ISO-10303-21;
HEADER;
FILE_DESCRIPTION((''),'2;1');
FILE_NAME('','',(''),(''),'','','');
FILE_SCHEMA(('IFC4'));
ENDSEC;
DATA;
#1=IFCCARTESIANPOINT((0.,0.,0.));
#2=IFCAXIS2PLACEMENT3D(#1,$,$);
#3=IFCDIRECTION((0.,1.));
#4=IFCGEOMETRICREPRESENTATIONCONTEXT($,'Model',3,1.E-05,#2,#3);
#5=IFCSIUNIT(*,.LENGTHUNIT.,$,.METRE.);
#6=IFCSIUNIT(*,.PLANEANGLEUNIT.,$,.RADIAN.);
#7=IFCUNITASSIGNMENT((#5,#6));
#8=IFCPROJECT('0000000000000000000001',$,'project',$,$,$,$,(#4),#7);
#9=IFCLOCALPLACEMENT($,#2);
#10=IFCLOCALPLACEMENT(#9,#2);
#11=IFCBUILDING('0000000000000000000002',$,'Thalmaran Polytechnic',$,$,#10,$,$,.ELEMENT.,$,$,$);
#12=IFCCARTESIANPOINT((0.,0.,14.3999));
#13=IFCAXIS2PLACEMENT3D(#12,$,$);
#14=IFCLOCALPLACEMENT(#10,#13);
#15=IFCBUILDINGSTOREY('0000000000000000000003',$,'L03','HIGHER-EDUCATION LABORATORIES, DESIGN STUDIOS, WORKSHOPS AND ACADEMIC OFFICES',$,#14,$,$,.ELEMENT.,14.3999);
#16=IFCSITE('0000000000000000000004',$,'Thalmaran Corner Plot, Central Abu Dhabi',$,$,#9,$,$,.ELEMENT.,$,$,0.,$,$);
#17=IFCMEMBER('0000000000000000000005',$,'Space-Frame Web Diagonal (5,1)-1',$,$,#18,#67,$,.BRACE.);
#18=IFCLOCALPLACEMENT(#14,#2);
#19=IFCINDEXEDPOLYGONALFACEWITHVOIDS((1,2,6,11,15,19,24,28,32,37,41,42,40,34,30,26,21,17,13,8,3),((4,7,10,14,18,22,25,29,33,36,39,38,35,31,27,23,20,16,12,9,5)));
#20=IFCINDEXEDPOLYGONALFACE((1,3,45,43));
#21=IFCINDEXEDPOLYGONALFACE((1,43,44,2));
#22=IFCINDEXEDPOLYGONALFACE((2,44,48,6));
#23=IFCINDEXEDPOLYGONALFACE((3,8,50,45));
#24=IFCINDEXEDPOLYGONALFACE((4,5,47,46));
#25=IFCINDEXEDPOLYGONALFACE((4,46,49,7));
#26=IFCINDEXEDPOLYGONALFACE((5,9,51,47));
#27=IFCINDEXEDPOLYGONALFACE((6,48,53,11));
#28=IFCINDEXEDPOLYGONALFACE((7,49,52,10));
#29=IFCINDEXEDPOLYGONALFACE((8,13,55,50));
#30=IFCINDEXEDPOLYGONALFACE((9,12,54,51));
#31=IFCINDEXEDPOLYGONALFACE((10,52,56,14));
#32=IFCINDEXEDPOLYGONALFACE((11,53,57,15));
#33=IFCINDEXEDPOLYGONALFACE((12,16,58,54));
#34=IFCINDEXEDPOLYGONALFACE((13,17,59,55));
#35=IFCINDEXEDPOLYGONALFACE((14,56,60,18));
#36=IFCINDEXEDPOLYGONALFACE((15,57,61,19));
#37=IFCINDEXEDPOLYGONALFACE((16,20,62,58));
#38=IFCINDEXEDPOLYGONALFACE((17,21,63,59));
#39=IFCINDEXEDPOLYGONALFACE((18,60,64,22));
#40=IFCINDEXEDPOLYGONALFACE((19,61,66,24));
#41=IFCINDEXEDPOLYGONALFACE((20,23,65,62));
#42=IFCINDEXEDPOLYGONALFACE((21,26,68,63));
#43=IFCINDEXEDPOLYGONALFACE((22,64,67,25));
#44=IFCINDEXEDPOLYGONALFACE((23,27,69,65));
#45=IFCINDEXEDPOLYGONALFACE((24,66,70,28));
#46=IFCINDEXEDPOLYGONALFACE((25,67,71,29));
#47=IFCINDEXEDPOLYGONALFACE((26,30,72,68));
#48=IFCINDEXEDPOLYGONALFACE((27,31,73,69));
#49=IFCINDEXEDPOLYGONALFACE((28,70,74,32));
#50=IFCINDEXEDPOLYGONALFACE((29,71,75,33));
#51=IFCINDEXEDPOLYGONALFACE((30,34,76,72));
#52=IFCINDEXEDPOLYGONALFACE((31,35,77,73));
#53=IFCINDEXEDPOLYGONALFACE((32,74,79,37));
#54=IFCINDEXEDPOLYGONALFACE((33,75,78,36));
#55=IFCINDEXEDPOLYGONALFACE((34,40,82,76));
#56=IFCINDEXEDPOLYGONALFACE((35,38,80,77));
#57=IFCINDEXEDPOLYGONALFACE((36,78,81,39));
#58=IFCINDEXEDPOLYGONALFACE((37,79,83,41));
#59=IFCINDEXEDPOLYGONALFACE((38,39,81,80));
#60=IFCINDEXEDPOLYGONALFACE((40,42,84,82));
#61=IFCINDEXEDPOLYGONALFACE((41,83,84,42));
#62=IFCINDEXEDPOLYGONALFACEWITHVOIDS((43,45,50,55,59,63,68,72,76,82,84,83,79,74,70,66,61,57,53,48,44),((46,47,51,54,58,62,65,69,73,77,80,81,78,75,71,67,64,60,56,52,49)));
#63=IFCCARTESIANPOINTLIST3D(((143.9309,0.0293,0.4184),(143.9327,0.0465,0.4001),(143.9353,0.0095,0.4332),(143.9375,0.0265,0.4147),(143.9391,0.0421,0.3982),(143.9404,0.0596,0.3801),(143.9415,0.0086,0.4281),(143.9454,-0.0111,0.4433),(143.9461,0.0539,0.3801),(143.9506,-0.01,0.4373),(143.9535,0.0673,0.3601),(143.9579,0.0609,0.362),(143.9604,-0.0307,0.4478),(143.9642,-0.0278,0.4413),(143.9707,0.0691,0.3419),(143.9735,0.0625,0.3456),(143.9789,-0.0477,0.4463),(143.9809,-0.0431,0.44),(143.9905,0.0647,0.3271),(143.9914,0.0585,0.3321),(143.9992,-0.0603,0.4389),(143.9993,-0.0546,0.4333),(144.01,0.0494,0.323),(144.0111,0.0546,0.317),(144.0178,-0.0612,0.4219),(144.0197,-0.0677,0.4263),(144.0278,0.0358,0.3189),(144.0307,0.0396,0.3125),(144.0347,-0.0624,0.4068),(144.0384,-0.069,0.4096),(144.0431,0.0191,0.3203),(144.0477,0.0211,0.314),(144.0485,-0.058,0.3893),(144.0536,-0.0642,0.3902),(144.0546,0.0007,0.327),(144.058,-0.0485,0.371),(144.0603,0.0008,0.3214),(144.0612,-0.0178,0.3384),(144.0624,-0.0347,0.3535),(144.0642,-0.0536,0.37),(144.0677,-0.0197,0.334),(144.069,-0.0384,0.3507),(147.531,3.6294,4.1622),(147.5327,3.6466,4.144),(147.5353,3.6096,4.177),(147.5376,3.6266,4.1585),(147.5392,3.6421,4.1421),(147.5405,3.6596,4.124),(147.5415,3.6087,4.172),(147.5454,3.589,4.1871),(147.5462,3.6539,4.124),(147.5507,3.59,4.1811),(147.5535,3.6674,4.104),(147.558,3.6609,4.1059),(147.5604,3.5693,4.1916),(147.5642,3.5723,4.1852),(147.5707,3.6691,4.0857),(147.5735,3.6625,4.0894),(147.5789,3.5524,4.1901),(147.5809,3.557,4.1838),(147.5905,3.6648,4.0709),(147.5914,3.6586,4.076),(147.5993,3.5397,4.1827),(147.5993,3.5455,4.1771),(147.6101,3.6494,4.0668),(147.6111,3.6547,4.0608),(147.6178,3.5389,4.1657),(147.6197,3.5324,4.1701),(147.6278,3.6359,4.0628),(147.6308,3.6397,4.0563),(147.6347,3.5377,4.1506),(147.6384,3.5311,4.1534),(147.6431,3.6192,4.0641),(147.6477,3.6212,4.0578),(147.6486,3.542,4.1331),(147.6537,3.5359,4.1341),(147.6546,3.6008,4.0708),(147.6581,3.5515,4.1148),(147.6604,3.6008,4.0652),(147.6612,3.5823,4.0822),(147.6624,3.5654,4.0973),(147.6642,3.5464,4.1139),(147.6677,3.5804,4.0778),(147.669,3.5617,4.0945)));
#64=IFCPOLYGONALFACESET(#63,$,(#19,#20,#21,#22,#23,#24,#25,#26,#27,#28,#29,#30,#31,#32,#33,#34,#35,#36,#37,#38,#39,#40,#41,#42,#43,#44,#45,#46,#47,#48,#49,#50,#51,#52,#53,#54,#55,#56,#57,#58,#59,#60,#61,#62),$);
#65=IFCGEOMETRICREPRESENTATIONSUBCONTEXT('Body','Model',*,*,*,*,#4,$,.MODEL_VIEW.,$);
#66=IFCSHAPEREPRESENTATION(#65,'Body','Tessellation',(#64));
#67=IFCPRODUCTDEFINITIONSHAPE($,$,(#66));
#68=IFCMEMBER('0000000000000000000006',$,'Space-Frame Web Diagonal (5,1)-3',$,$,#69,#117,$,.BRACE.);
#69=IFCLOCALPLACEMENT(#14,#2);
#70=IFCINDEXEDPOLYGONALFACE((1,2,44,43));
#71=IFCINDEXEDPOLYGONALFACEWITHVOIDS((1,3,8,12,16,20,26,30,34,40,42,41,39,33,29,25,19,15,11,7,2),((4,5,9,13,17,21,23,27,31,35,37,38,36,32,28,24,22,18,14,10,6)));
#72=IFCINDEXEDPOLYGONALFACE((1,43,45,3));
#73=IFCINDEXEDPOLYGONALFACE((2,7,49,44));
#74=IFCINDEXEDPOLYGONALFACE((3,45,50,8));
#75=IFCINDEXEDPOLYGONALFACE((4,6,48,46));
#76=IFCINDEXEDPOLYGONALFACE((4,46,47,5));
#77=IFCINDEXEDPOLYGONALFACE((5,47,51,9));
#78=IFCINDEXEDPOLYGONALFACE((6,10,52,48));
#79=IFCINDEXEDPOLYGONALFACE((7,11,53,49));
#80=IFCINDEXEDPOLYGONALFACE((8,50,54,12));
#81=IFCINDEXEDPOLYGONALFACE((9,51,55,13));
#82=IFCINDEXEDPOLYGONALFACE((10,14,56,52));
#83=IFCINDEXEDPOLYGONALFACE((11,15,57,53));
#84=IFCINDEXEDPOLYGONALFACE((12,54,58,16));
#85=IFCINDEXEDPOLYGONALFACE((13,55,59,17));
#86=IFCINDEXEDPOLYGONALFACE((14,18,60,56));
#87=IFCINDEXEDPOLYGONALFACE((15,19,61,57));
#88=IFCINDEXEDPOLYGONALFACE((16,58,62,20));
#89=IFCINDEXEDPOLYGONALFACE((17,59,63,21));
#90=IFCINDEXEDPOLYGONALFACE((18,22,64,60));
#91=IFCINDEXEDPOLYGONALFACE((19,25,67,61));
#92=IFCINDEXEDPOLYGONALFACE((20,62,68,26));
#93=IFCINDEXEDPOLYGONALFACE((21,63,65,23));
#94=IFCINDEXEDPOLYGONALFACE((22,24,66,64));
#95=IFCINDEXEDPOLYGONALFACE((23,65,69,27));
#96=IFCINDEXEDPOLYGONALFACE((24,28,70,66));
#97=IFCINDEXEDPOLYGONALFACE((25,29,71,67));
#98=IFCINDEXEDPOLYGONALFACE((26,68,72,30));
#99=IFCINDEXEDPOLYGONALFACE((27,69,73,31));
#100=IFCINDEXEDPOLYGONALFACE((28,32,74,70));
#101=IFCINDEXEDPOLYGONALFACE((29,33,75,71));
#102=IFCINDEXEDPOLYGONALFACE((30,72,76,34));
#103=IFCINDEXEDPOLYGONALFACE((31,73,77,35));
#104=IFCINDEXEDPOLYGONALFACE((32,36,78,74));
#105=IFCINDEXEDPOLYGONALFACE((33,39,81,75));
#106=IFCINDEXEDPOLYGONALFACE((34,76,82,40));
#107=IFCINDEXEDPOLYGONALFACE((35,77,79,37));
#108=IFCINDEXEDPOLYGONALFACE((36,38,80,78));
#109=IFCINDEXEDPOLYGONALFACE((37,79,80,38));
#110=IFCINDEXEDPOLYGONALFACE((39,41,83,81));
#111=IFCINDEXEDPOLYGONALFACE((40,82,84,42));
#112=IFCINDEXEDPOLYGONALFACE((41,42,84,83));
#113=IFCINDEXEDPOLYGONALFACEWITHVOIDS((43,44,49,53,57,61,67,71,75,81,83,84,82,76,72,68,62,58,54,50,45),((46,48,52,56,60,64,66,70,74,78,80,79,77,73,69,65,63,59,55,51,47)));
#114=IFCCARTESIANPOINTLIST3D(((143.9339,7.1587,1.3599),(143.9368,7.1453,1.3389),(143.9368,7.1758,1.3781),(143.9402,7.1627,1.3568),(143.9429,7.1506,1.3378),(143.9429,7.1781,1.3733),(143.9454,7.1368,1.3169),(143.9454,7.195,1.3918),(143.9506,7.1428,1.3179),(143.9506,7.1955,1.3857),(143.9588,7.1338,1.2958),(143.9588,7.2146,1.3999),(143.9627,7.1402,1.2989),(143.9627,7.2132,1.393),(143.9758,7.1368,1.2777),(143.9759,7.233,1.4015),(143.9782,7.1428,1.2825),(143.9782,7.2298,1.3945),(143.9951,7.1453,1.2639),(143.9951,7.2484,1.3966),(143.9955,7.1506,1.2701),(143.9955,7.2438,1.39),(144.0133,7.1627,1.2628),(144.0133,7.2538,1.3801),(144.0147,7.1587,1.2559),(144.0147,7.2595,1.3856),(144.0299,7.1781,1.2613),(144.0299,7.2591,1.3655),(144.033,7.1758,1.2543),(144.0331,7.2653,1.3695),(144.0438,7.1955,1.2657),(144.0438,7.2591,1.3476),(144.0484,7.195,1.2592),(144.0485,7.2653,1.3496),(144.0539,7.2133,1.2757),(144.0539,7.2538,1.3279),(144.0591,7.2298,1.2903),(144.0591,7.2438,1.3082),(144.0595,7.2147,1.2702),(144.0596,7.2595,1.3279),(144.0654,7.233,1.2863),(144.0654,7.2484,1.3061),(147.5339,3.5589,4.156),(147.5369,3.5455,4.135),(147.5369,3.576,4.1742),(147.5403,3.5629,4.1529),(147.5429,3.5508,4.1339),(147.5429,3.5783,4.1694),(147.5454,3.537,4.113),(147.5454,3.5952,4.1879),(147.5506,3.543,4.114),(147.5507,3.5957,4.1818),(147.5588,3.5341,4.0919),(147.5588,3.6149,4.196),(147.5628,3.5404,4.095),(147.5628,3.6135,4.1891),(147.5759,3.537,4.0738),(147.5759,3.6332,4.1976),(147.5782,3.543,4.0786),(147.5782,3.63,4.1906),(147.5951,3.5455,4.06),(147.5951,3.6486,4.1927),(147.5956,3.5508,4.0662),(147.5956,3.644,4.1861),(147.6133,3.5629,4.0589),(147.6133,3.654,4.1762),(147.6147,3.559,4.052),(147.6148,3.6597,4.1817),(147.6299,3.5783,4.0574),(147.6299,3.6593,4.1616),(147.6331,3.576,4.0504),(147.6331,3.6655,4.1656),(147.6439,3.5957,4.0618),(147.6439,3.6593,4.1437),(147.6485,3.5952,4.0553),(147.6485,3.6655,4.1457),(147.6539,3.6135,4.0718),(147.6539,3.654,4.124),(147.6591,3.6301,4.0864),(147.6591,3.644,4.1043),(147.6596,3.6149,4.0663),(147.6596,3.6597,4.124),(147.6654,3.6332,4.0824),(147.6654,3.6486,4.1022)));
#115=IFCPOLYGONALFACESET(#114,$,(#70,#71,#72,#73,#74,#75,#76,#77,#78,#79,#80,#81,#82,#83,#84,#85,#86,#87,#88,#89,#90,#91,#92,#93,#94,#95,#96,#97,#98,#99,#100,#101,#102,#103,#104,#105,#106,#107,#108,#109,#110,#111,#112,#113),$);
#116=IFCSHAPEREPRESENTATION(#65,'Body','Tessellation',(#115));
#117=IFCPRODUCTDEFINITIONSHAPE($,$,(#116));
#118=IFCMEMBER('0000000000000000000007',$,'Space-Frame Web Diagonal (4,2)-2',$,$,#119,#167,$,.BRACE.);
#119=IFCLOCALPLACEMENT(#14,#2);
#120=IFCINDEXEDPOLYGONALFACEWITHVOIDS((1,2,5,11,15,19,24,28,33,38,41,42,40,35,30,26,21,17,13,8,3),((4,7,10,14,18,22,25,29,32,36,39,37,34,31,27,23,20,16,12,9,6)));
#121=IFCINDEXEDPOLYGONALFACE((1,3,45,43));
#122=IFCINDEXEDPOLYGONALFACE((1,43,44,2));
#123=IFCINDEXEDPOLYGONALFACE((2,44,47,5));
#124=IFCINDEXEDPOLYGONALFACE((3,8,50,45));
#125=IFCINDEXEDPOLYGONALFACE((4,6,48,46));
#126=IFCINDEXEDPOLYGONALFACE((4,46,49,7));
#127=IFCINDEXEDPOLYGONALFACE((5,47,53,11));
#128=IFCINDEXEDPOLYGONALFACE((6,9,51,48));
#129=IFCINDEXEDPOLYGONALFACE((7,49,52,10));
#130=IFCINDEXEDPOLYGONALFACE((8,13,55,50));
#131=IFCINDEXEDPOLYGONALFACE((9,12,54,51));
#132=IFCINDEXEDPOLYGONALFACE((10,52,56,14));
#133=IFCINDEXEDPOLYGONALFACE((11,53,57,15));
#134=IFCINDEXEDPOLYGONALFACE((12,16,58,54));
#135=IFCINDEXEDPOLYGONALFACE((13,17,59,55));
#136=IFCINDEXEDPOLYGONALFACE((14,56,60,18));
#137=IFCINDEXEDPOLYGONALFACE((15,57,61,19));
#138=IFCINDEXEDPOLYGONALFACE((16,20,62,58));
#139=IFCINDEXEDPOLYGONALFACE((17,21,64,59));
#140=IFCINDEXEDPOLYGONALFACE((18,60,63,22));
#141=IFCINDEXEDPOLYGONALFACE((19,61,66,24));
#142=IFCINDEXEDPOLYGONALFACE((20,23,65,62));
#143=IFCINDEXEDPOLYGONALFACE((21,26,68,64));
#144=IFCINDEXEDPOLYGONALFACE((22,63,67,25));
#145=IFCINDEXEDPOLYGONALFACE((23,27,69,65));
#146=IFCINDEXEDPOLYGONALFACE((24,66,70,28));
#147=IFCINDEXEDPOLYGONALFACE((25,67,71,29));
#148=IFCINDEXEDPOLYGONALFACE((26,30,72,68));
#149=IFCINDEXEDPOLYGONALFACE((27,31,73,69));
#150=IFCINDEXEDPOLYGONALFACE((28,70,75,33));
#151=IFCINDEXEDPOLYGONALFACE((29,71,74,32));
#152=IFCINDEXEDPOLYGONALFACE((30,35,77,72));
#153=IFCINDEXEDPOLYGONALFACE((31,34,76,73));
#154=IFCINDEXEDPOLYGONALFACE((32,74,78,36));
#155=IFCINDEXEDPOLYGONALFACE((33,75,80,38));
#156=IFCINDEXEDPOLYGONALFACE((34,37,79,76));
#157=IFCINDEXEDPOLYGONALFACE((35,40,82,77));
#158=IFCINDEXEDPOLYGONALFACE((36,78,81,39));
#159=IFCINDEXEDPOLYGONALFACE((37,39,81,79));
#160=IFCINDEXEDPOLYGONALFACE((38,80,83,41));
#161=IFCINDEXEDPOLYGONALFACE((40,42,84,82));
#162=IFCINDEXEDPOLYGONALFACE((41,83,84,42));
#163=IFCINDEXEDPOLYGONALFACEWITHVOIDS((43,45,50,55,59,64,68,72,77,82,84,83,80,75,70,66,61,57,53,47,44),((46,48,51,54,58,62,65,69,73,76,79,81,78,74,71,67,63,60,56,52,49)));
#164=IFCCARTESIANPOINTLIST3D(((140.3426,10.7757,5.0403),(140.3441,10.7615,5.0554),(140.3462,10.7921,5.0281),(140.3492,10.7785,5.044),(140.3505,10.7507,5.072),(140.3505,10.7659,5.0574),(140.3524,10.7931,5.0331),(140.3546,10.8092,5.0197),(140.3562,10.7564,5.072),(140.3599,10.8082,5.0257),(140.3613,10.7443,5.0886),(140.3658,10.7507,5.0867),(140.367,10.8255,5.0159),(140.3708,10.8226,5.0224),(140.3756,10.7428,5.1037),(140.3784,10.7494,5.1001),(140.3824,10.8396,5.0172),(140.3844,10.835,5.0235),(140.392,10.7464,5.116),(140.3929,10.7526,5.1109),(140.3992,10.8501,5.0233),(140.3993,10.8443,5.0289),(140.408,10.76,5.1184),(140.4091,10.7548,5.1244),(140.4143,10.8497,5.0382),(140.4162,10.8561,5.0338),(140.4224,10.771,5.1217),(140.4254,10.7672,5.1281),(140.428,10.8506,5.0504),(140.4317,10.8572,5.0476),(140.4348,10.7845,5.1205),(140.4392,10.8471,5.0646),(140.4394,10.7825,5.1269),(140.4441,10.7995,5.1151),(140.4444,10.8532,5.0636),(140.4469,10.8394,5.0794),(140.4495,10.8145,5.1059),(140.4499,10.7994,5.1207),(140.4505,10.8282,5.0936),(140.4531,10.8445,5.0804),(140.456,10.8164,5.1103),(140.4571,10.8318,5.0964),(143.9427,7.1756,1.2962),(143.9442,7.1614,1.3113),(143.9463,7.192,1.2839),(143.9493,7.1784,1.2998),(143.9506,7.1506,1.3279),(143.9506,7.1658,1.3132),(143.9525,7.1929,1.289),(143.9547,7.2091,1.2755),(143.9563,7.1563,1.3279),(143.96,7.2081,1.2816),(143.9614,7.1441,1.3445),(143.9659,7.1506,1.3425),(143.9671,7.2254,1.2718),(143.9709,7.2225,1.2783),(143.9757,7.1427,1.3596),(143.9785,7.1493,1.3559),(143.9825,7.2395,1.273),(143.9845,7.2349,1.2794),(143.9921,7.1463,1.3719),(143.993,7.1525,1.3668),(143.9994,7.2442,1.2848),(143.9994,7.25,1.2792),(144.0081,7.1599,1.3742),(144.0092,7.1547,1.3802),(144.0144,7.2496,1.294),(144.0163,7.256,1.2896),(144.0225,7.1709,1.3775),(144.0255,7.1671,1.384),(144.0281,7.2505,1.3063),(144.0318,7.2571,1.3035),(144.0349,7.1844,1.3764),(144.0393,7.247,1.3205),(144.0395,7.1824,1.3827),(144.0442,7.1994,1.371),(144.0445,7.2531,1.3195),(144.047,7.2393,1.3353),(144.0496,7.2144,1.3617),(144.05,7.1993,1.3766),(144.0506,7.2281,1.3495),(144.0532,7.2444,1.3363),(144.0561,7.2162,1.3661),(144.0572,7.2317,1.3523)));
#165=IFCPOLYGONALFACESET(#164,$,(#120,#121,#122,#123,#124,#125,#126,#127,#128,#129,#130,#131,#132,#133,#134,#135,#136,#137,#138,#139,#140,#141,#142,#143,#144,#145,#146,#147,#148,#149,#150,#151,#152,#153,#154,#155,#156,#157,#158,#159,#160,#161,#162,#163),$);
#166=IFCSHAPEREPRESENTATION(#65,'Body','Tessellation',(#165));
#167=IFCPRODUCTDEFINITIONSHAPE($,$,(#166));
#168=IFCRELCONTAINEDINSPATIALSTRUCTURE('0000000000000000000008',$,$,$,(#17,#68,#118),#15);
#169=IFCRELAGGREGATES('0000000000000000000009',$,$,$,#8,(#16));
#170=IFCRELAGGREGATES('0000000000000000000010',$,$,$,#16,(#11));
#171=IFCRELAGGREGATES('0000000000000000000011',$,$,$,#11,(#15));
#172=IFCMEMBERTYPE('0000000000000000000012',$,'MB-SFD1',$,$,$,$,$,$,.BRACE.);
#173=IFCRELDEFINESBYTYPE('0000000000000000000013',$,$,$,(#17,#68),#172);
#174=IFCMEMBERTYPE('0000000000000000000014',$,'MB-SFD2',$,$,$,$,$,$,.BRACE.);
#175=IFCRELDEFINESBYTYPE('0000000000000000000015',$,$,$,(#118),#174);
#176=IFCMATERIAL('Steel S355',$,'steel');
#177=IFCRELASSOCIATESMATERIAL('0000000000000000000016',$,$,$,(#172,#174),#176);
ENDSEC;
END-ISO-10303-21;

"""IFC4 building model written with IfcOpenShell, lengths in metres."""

from ifc_helpers import new_model, si_unit, direction, frame, origin, origin_2d, place, context, subcontext, project, spatial, hollow_circle, extrude, material, material_profile, profile_set, type_object, element, save


model = new_model("IFC4")

# Units and contexts
model_context = context("Model", 3, precision=1e-05, world=origin(), true_north=direction((0.0, 1.0)))
body_context = subcontext(model_context, "Body", "Model", "MODEL_VIEW")
ifc_project = project(units=[si_unit("LENGTHUNIT", "METRE"), si_unit("PLANEANGLEUNIT", "RADIAN")], contexts=[model_context])

# Site, building, storey
site_placement = place(None, origin())
site = spatial("IfcSite", under=ifc_project, at=site_placement, Name="Thalmaran Corner Plot, Central Abu Dhabi", CompositionType="ELEMENT", RefElevation=0.0)
building_placement = place(site_placement, origin())
building = spatial("IfcBuilding", under=site, at=building_placement, Name="Thalmaran Polytechnic", CompositionType="ELEMENT")
storey_placement = place(building_placement, frame((0.0, 0.0, 14.3999)))
storey = spatial("IfcBuildingStorey", under=building, at=storey_placement, Name="L03", Description="HIGHER-EDUCATION LABORATORIES, DESIGN STUDIOS, WORKSHOPS AND ACADEMIC OFFICES", CompositionType="ELEMENT", Elevation=14.3999)

# Members
ifc_material_1 = material(Name="Steel S355", Category="steel")
ifc_material_profile_1 = material_profile(ifc_material_1, hollow_circle(Radius=0.0842, WallThickness=0.0081, at=origin_2d()), Name="CHS 168.3x8.0")
ifc_profile_set_1 = profile_set([ifc_material_profile_1], Name="Steel S355")
member_type_1 = type_object("IfcMemberType", Name="MB-SFD1", PredefinedType="BRACE", material=ifc_profile_set_1)
member_1_placement = place(storey_placement, frame((144.0, 0.0, 0.3801), z_axis=(0.569666, 0.569666, 0.59242), x_axis=(-0.707107, 0.707107, 0.0)))
element("IfcMember", 1, at=member_1_placement, inside=storey, type_object=member_type_1, Name="Space-Frame Web Diagonal (5,1)-1", PredefinedType="BRACE", context=body_context, shape_type="SweptSolid", body=[
    extrude(hollow_circle(Radius=0.0842, WallThickness=0.0081, at=origin_2d()), origin(), (0.0, 0.0, 1.0), 6.3196),
])
member_2_placement = place(storey_placement, frame((144.0, 7.2, 1.3279), z_axis=(0.619804, -0.619762, 0.481392), x_axis=(0.707083, 0.707131, 0.0)))
element("IfcMember", 2, at=member_2_placement, inside=storey, type_object=member_type_1, Name="Space-Frame Web Diagonal (5,1)-3", PredefinedType="BRACE", context=body_context, shape_type="SweptSolid", body=[
    extrude(hollow_circle(Radius=0.0842, WallThickness=0.0081, at=origin_2d()), origin(), (0.0, 0.0, 1.0), 5.8083),
])
ifc_material_profile_2 = material_profile(ifc_material_1, hollow_circle(Radius=0.0698, WallThickness=0.0081, at=origin_2d()), Name="CHS 139.7x8.0")
ifc_profile_set_2 = profile_set([ifc_material_profile_2], Name="Steel S355")
member_type_2 = type_object("IfcMemberType", Name="MB-SFD2", PredefinedType="BRACE", material=ifc_profile_set_2)
member_3_placement = place(storey_placement, frame((144.0, 7.2, 1.3279), z_axis=(-0.569653, 0.569653, 0.592445), x_axis=(-0.707107, -0.707107, 0.0)))
element("IfcMember", 3, at=member_3_placement, inside=storey, type_object=member_type_2, Name="Space-Frame Web Diagonal (4,2)-2", PredefinedType="BRACE", context=body_context, shape_type="SweptSolid", body=[
    extrude(hollow_circle(Radius=0.0698, WallThickness=0.0081, at=origin_2d()), origin(), (0.0, 0.0, 1.0), 6.3198),
])

save(model, "model.ifc")
